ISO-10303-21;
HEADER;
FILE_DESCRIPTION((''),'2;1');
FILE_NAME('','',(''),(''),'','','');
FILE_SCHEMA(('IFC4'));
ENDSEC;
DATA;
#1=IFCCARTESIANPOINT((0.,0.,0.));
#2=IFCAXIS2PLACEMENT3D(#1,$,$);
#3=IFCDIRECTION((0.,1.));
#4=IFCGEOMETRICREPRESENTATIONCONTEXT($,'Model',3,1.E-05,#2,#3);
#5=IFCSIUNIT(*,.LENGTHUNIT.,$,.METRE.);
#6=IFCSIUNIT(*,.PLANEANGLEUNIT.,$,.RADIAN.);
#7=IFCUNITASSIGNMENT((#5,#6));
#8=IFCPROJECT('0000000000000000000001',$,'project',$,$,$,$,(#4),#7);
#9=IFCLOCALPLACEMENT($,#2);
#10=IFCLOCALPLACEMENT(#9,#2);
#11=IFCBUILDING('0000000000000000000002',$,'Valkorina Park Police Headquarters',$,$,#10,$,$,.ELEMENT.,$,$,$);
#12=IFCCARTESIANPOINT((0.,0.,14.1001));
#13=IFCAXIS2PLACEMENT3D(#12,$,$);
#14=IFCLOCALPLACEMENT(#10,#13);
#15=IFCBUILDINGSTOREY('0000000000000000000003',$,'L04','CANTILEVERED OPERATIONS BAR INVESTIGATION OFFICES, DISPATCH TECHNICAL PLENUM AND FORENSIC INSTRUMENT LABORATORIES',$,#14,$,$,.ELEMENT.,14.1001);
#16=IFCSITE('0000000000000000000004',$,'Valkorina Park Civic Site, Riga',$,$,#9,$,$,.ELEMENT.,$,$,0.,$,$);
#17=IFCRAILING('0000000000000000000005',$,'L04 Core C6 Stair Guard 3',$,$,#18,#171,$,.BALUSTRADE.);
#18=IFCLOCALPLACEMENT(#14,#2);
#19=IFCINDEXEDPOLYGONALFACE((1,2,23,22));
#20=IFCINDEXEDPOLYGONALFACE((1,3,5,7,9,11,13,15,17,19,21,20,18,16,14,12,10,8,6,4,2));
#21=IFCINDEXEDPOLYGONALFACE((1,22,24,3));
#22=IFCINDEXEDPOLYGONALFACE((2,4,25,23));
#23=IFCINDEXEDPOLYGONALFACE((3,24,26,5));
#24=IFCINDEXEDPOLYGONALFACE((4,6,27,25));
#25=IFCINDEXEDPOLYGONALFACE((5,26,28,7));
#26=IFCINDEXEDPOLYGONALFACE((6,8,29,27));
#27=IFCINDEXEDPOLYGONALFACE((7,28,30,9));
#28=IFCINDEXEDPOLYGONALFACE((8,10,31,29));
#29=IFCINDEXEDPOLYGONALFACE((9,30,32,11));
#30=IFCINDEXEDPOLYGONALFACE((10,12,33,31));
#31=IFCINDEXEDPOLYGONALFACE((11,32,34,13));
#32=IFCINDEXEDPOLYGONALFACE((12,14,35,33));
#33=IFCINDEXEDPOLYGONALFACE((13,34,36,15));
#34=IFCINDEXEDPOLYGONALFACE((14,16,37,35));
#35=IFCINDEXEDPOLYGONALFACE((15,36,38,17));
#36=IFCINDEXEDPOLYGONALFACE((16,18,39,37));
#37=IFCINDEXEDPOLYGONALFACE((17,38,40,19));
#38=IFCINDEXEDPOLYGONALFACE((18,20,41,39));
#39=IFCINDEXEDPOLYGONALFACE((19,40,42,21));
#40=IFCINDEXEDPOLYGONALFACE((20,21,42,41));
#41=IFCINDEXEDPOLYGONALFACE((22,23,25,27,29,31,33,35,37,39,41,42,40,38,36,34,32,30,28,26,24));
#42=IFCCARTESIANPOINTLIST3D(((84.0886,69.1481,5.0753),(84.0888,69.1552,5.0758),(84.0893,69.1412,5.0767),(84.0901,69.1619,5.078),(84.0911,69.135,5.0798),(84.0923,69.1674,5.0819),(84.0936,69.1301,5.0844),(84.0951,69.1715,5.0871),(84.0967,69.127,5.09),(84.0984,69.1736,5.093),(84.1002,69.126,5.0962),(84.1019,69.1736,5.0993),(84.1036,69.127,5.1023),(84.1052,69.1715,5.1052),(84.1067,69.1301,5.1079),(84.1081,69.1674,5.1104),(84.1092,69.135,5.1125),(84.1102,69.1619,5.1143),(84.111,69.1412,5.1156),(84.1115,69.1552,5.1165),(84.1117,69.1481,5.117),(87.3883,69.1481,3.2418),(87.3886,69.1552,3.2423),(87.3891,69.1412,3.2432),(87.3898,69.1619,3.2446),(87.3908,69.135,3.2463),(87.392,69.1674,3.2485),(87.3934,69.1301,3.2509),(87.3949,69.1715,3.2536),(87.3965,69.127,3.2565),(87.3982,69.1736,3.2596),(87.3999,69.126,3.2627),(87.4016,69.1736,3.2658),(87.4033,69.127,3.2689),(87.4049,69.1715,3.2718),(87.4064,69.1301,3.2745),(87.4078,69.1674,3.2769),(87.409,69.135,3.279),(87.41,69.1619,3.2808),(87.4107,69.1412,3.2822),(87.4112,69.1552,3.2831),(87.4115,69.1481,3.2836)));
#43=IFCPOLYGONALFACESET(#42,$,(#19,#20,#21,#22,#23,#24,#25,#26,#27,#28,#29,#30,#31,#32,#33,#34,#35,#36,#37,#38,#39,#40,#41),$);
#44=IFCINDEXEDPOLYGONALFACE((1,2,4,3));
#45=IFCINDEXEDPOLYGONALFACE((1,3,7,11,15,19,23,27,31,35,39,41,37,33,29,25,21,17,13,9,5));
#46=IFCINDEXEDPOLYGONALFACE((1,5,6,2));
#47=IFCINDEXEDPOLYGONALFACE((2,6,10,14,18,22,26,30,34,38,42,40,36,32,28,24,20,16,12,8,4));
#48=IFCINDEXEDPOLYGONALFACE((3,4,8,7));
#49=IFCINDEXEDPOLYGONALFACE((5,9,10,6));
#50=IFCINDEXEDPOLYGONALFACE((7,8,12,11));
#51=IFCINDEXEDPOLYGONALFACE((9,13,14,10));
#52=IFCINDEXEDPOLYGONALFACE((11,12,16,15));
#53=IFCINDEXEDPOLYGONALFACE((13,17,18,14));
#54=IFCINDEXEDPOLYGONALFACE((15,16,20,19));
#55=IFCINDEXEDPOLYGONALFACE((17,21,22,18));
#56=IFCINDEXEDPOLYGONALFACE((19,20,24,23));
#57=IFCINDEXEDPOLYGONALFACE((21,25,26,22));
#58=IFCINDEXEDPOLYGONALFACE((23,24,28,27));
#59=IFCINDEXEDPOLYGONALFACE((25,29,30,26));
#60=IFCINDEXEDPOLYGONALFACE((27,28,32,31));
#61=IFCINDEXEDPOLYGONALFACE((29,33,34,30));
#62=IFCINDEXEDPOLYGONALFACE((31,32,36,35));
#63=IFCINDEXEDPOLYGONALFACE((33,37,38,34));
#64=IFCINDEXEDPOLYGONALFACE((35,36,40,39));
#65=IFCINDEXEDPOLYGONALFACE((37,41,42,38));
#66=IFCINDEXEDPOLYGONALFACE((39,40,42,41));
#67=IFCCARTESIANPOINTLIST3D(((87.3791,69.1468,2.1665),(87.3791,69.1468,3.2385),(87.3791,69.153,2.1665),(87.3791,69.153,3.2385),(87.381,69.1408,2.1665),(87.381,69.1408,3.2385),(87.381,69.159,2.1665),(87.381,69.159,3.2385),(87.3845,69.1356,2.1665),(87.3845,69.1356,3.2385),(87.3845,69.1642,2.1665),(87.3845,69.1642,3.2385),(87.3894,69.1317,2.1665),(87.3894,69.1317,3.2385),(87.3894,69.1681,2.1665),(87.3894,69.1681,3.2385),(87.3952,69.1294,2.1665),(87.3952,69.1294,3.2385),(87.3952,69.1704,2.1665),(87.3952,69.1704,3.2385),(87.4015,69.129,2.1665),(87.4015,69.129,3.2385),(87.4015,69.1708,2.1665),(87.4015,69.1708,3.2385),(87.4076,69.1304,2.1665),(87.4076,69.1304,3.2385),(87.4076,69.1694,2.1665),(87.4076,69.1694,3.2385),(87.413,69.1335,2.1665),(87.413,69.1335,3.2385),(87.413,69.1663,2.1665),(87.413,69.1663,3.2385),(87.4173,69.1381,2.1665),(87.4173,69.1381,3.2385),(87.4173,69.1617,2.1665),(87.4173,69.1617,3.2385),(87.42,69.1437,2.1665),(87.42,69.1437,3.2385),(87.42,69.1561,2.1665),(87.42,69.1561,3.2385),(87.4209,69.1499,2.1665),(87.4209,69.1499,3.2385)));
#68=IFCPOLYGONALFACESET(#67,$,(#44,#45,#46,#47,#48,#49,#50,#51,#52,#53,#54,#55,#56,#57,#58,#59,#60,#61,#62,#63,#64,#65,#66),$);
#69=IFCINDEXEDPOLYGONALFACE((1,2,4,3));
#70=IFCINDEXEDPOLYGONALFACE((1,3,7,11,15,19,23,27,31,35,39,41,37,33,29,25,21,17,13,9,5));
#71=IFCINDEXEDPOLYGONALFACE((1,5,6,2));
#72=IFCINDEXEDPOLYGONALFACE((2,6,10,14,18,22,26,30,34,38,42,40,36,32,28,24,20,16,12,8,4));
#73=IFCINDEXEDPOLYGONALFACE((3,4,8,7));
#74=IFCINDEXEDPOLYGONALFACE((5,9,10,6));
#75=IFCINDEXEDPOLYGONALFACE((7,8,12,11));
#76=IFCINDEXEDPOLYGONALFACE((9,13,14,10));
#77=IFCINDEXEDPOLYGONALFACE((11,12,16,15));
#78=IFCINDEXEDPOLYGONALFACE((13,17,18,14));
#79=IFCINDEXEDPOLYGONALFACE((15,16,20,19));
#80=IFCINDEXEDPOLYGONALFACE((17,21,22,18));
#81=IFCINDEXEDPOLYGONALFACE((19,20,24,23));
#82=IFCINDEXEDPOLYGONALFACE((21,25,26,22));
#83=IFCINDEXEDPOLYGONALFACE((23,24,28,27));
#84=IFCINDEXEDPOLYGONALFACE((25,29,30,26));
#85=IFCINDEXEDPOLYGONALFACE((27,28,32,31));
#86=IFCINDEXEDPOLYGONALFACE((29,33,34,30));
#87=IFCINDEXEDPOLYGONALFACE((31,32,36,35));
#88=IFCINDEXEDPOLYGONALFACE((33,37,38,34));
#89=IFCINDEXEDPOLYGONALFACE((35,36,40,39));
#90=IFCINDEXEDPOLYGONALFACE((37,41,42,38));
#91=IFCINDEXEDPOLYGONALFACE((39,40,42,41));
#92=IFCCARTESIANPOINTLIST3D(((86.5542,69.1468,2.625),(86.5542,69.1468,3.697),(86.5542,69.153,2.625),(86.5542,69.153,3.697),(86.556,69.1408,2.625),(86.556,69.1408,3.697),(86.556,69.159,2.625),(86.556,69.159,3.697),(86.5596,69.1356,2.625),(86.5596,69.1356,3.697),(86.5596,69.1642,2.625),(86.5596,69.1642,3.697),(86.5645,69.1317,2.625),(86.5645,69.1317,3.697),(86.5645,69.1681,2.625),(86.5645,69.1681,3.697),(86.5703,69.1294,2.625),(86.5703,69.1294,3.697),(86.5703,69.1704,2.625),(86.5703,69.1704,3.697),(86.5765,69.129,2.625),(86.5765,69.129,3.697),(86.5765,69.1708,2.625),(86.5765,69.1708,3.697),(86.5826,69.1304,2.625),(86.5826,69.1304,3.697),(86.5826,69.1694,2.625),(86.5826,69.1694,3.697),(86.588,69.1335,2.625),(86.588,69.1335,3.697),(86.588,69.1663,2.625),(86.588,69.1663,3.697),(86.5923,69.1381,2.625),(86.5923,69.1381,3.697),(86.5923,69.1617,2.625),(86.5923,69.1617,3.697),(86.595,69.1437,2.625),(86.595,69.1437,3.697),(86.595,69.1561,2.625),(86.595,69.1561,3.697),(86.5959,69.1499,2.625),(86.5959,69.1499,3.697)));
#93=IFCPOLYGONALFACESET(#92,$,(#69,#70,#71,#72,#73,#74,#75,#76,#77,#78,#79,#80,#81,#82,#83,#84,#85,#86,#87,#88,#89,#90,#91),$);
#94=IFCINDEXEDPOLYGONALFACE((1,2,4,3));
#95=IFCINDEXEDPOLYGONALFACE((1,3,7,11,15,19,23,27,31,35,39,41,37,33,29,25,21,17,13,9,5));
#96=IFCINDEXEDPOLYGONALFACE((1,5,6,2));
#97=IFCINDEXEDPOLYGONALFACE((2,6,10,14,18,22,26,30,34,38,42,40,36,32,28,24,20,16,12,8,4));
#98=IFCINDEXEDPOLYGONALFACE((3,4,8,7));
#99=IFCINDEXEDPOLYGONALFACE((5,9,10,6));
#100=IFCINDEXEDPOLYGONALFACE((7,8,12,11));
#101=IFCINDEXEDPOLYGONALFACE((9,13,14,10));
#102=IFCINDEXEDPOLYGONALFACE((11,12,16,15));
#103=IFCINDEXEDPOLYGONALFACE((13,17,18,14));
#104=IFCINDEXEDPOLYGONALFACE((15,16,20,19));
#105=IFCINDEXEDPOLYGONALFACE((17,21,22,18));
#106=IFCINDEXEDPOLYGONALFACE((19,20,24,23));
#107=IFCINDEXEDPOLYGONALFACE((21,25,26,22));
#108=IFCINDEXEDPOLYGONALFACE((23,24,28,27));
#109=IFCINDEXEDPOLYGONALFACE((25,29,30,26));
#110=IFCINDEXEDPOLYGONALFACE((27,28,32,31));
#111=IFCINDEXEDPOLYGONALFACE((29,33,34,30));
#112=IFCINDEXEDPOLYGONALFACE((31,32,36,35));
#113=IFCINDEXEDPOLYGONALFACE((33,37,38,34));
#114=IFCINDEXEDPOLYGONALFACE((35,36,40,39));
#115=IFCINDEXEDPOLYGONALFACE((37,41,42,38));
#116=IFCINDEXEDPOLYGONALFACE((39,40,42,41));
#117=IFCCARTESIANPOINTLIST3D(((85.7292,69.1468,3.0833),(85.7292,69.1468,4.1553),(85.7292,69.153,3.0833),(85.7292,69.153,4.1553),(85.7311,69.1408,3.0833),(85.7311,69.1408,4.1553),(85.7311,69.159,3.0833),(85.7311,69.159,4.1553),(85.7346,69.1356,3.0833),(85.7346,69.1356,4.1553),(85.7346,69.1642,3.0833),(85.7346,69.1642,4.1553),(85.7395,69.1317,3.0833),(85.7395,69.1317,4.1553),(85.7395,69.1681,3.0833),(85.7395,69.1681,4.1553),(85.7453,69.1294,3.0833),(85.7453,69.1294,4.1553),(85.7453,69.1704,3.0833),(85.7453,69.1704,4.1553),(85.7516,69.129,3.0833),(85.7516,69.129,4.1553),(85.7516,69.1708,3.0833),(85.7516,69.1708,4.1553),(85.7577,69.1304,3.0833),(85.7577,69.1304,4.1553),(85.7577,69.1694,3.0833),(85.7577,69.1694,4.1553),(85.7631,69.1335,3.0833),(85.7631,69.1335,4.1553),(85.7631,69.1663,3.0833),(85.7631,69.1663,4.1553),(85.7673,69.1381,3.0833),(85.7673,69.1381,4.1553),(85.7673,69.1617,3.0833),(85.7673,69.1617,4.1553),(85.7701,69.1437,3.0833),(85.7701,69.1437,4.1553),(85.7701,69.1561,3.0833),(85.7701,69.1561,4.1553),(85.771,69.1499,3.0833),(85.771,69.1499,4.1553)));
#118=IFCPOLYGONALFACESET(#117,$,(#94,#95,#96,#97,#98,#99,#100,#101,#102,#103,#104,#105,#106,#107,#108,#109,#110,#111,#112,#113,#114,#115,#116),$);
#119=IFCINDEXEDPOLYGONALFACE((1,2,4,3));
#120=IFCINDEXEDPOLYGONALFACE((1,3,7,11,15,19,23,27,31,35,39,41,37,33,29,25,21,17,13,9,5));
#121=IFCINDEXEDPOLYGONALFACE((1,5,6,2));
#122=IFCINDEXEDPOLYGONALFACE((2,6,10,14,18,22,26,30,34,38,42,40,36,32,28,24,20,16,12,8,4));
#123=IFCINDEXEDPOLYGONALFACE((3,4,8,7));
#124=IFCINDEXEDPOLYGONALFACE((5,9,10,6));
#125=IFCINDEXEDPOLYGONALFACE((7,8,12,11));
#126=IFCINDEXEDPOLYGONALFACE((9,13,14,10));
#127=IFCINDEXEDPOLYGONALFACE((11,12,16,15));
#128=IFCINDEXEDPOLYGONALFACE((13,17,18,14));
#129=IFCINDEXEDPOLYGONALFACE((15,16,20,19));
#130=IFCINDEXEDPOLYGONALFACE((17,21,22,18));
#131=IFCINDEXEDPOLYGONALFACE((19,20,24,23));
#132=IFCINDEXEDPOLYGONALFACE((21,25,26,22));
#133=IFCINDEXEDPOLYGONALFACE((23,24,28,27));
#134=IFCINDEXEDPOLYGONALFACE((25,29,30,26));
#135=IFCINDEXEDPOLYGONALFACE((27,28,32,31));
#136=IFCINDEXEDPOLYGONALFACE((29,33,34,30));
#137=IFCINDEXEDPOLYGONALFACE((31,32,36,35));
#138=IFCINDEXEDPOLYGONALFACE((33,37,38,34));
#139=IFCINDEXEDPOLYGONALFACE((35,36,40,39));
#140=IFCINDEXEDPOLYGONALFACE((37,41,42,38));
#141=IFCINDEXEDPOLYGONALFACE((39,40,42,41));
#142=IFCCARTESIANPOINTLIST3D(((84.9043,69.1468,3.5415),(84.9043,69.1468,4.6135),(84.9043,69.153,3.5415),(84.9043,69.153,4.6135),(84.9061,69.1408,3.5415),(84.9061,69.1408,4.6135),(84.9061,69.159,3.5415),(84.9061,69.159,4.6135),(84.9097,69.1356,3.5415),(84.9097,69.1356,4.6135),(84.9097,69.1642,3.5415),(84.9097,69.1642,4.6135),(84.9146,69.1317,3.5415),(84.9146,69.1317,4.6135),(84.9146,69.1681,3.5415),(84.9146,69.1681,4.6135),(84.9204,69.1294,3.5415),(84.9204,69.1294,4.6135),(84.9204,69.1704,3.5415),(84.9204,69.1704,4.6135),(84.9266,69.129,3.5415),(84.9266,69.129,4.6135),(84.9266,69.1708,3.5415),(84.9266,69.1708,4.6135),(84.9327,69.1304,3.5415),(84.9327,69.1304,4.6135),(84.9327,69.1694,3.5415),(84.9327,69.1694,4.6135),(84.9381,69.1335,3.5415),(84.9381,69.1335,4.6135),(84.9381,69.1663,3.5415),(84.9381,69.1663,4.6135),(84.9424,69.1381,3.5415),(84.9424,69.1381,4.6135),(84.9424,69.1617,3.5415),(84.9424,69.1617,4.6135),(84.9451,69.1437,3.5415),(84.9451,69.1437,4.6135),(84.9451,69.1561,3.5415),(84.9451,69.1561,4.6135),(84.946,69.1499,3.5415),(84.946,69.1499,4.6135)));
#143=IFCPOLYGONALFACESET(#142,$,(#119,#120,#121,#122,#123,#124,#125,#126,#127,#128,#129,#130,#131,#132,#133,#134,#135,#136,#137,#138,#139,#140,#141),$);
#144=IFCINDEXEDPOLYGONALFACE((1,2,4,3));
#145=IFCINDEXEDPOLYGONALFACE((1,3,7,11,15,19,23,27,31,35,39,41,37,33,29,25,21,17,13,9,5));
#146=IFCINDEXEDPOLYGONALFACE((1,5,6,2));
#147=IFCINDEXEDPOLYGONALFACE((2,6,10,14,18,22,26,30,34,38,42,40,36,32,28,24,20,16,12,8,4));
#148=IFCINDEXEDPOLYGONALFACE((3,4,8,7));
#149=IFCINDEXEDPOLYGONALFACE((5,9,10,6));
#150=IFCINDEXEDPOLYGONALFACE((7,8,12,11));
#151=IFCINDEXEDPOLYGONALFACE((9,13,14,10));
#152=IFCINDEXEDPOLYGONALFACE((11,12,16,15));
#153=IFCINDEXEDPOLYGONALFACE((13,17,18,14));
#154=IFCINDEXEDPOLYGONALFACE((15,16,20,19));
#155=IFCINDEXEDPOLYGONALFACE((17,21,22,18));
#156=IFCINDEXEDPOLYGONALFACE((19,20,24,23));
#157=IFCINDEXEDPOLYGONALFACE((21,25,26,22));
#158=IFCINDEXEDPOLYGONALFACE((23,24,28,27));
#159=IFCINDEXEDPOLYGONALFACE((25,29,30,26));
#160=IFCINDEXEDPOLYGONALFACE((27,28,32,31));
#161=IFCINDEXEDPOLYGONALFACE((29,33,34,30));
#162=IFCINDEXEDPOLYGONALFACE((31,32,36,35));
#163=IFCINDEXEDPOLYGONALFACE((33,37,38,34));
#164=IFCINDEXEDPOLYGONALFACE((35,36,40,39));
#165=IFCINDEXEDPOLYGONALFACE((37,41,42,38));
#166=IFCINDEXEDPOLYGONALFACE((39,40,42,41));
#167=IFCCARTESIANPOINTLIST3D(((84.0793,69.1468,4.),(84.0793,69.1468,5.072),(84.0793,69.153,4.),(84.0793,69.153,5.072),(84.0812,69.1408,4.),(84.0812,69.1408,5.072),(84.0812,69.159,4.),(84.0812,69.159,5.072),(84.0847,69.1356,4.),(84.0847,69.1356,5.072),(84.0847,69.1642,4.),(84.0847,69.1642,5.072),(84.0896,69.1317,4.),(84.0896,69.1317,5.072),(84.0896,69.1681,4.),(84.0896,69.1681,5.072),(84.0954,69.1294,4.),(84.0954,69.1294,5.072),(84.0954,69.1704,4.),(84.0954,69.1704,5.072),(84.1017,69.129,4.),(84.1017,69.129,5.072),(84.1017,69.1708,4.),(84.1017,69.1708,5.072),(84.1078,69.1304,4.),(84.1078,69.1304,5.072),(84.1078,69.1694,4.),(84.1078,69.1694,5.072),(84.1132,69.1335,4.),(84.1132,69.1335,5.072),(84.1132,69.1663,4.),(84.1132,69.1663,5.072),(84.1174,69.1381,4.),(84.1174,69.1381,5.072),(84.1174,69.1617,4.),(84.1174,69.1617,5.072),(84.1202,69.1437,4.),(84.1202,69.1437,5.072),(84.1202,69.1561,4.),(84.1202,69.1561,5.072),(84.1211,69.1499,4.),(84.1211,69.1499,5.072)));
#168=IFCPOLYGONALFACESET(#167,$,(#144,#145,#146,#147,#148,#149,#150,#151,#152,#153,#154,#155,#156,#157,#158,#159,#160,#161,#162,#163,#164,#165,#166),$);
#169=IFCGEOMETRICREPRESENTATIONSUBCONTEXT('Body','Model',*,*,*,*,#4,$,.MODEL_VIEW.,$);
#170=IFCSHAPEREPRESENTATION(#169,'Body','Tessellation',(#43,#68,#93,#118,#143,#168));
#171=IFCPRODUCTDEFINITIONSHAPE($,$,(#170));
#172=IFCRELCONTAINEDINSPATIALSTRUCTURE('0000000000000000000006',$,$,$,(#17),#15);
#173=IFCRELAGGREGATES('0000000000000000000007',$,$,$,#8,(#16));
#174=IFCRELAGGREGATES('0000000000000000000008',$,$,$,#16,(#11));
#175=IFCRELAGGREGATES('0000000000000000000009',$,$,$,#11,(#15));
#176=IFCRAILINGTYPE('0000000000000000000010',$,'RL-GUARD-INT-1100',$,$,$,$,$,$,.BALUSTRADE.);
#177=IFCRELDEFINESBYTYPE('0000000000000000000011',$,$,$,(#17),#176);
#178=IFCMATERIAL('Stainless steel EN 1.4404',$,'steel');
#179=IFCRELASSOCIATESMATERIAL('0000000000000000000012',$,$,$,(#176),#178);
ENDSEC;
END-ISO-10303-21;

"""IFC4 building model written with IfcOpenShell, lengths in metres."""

from ifc_helpers import new_model, si_unit, direction, frame, origin, origin_2d, place, context, subcontext, project, spatial, circle, extrude, material, type_object, element, save


model = new_model("IFC4")

# Units and contexts
model_context = context("Model", 3, precision=1e-05, world=origin(), true_north=direction((0.0, 1.0)))
body_context = subcontext(model_context, "Body", "Model", "MODEL_VIEW")
ifc_project = project(units=[si_unit("LENGTHUNIT", "METRE"), si_unit("PLANEANGLEUNIT", "RADIAN")], contexts=[model_context])

# Site, building, storey
site_placement = place(None, origin())
site = spatial("IfcSite", under=ifc_project, at=site_placement, Name="Valkorina Park Civic Site, Riga", CompositionType="ELEMENT", RefElevation=0.0)
building_placement = place(site_placement, origin())
building = spatial("IfcBuilding", under=site, at=building_placement, Name="Valkorina Park Police Headquarters", CompositionType="ELEMENT")
storey_placement = place(building_placement, frame((0.0, 0.0, 14.1001)))
storey = spatial("IfcBuildingStorey", under=building, at=storey_placement, Name="L04", Description="CANTILEVERED OPERATIONS BAR INVESTIGATION OFFICES, DISPATCH TECHNICAL PLENUM AND FORENSIC INSTRUMENT LABORATORIES", CompositionType="ELEMENT", Elevation=14.1001)

# Railing
ifc_material_1 = material(Name="Stainless steel EN 1.4404", Category="steel")
railing_type_1 = type_object("IfcRailingType", Name="RL-GUARD-INT-1100", PredefinedType="BALUSTRADE", material=ifc_material_1)
railing_1_placement = place(storey_placement, frame((87.3999, 69.1499, 2.1665)))
element("IfcRailing", 1, at=railing_1_placement, inside=storey, type_object=railing_type_1, Name="L04 Core C6 Stair Guard 3", PredefinedType="BALUSTRADE", context=body_context, shape_type="SweptSolid", body=[
    extrude(circle(Radius=0.0239, at=origin_2d()), frame((0.0, 0.0, 1.0962), z_axis=(-0.874127, 0.0, 0.485698), x_axis=(0.0, -1.0, 0.0)), (0.0, 0.0, 1.0), 3.7749),
    extrude(circle(Radius=0.021, at=origin_2d()), origin(), (0.0, 0.0, 1.0), 1.072),
    extrude(circle(Radius=0.021, at=origin_2d()), frame((-0.825, 0.0, 0.4585)), (0.0, 0.0, 1.0), 1.072),
    extrude(circle(Radius=0.021, at=origin_2d()), frame((-1.6499, 0.0, 0.9167)), (0.0, 0.0, 1.0), 1.072),
    extrude(circle(Radius=0.021, at=origin_2d()), frame((-2.4749, 0.0, 1.375)), (0.0, 0.0, 1.0), 1.072),
    extrude(circle(Radius=0.021, at=origin_2d()), frame((-3.2998, 0.0, 1.8335)), (0.0, 0.0, 1.0), 1.072),
])

save(model, "model.ifc")
